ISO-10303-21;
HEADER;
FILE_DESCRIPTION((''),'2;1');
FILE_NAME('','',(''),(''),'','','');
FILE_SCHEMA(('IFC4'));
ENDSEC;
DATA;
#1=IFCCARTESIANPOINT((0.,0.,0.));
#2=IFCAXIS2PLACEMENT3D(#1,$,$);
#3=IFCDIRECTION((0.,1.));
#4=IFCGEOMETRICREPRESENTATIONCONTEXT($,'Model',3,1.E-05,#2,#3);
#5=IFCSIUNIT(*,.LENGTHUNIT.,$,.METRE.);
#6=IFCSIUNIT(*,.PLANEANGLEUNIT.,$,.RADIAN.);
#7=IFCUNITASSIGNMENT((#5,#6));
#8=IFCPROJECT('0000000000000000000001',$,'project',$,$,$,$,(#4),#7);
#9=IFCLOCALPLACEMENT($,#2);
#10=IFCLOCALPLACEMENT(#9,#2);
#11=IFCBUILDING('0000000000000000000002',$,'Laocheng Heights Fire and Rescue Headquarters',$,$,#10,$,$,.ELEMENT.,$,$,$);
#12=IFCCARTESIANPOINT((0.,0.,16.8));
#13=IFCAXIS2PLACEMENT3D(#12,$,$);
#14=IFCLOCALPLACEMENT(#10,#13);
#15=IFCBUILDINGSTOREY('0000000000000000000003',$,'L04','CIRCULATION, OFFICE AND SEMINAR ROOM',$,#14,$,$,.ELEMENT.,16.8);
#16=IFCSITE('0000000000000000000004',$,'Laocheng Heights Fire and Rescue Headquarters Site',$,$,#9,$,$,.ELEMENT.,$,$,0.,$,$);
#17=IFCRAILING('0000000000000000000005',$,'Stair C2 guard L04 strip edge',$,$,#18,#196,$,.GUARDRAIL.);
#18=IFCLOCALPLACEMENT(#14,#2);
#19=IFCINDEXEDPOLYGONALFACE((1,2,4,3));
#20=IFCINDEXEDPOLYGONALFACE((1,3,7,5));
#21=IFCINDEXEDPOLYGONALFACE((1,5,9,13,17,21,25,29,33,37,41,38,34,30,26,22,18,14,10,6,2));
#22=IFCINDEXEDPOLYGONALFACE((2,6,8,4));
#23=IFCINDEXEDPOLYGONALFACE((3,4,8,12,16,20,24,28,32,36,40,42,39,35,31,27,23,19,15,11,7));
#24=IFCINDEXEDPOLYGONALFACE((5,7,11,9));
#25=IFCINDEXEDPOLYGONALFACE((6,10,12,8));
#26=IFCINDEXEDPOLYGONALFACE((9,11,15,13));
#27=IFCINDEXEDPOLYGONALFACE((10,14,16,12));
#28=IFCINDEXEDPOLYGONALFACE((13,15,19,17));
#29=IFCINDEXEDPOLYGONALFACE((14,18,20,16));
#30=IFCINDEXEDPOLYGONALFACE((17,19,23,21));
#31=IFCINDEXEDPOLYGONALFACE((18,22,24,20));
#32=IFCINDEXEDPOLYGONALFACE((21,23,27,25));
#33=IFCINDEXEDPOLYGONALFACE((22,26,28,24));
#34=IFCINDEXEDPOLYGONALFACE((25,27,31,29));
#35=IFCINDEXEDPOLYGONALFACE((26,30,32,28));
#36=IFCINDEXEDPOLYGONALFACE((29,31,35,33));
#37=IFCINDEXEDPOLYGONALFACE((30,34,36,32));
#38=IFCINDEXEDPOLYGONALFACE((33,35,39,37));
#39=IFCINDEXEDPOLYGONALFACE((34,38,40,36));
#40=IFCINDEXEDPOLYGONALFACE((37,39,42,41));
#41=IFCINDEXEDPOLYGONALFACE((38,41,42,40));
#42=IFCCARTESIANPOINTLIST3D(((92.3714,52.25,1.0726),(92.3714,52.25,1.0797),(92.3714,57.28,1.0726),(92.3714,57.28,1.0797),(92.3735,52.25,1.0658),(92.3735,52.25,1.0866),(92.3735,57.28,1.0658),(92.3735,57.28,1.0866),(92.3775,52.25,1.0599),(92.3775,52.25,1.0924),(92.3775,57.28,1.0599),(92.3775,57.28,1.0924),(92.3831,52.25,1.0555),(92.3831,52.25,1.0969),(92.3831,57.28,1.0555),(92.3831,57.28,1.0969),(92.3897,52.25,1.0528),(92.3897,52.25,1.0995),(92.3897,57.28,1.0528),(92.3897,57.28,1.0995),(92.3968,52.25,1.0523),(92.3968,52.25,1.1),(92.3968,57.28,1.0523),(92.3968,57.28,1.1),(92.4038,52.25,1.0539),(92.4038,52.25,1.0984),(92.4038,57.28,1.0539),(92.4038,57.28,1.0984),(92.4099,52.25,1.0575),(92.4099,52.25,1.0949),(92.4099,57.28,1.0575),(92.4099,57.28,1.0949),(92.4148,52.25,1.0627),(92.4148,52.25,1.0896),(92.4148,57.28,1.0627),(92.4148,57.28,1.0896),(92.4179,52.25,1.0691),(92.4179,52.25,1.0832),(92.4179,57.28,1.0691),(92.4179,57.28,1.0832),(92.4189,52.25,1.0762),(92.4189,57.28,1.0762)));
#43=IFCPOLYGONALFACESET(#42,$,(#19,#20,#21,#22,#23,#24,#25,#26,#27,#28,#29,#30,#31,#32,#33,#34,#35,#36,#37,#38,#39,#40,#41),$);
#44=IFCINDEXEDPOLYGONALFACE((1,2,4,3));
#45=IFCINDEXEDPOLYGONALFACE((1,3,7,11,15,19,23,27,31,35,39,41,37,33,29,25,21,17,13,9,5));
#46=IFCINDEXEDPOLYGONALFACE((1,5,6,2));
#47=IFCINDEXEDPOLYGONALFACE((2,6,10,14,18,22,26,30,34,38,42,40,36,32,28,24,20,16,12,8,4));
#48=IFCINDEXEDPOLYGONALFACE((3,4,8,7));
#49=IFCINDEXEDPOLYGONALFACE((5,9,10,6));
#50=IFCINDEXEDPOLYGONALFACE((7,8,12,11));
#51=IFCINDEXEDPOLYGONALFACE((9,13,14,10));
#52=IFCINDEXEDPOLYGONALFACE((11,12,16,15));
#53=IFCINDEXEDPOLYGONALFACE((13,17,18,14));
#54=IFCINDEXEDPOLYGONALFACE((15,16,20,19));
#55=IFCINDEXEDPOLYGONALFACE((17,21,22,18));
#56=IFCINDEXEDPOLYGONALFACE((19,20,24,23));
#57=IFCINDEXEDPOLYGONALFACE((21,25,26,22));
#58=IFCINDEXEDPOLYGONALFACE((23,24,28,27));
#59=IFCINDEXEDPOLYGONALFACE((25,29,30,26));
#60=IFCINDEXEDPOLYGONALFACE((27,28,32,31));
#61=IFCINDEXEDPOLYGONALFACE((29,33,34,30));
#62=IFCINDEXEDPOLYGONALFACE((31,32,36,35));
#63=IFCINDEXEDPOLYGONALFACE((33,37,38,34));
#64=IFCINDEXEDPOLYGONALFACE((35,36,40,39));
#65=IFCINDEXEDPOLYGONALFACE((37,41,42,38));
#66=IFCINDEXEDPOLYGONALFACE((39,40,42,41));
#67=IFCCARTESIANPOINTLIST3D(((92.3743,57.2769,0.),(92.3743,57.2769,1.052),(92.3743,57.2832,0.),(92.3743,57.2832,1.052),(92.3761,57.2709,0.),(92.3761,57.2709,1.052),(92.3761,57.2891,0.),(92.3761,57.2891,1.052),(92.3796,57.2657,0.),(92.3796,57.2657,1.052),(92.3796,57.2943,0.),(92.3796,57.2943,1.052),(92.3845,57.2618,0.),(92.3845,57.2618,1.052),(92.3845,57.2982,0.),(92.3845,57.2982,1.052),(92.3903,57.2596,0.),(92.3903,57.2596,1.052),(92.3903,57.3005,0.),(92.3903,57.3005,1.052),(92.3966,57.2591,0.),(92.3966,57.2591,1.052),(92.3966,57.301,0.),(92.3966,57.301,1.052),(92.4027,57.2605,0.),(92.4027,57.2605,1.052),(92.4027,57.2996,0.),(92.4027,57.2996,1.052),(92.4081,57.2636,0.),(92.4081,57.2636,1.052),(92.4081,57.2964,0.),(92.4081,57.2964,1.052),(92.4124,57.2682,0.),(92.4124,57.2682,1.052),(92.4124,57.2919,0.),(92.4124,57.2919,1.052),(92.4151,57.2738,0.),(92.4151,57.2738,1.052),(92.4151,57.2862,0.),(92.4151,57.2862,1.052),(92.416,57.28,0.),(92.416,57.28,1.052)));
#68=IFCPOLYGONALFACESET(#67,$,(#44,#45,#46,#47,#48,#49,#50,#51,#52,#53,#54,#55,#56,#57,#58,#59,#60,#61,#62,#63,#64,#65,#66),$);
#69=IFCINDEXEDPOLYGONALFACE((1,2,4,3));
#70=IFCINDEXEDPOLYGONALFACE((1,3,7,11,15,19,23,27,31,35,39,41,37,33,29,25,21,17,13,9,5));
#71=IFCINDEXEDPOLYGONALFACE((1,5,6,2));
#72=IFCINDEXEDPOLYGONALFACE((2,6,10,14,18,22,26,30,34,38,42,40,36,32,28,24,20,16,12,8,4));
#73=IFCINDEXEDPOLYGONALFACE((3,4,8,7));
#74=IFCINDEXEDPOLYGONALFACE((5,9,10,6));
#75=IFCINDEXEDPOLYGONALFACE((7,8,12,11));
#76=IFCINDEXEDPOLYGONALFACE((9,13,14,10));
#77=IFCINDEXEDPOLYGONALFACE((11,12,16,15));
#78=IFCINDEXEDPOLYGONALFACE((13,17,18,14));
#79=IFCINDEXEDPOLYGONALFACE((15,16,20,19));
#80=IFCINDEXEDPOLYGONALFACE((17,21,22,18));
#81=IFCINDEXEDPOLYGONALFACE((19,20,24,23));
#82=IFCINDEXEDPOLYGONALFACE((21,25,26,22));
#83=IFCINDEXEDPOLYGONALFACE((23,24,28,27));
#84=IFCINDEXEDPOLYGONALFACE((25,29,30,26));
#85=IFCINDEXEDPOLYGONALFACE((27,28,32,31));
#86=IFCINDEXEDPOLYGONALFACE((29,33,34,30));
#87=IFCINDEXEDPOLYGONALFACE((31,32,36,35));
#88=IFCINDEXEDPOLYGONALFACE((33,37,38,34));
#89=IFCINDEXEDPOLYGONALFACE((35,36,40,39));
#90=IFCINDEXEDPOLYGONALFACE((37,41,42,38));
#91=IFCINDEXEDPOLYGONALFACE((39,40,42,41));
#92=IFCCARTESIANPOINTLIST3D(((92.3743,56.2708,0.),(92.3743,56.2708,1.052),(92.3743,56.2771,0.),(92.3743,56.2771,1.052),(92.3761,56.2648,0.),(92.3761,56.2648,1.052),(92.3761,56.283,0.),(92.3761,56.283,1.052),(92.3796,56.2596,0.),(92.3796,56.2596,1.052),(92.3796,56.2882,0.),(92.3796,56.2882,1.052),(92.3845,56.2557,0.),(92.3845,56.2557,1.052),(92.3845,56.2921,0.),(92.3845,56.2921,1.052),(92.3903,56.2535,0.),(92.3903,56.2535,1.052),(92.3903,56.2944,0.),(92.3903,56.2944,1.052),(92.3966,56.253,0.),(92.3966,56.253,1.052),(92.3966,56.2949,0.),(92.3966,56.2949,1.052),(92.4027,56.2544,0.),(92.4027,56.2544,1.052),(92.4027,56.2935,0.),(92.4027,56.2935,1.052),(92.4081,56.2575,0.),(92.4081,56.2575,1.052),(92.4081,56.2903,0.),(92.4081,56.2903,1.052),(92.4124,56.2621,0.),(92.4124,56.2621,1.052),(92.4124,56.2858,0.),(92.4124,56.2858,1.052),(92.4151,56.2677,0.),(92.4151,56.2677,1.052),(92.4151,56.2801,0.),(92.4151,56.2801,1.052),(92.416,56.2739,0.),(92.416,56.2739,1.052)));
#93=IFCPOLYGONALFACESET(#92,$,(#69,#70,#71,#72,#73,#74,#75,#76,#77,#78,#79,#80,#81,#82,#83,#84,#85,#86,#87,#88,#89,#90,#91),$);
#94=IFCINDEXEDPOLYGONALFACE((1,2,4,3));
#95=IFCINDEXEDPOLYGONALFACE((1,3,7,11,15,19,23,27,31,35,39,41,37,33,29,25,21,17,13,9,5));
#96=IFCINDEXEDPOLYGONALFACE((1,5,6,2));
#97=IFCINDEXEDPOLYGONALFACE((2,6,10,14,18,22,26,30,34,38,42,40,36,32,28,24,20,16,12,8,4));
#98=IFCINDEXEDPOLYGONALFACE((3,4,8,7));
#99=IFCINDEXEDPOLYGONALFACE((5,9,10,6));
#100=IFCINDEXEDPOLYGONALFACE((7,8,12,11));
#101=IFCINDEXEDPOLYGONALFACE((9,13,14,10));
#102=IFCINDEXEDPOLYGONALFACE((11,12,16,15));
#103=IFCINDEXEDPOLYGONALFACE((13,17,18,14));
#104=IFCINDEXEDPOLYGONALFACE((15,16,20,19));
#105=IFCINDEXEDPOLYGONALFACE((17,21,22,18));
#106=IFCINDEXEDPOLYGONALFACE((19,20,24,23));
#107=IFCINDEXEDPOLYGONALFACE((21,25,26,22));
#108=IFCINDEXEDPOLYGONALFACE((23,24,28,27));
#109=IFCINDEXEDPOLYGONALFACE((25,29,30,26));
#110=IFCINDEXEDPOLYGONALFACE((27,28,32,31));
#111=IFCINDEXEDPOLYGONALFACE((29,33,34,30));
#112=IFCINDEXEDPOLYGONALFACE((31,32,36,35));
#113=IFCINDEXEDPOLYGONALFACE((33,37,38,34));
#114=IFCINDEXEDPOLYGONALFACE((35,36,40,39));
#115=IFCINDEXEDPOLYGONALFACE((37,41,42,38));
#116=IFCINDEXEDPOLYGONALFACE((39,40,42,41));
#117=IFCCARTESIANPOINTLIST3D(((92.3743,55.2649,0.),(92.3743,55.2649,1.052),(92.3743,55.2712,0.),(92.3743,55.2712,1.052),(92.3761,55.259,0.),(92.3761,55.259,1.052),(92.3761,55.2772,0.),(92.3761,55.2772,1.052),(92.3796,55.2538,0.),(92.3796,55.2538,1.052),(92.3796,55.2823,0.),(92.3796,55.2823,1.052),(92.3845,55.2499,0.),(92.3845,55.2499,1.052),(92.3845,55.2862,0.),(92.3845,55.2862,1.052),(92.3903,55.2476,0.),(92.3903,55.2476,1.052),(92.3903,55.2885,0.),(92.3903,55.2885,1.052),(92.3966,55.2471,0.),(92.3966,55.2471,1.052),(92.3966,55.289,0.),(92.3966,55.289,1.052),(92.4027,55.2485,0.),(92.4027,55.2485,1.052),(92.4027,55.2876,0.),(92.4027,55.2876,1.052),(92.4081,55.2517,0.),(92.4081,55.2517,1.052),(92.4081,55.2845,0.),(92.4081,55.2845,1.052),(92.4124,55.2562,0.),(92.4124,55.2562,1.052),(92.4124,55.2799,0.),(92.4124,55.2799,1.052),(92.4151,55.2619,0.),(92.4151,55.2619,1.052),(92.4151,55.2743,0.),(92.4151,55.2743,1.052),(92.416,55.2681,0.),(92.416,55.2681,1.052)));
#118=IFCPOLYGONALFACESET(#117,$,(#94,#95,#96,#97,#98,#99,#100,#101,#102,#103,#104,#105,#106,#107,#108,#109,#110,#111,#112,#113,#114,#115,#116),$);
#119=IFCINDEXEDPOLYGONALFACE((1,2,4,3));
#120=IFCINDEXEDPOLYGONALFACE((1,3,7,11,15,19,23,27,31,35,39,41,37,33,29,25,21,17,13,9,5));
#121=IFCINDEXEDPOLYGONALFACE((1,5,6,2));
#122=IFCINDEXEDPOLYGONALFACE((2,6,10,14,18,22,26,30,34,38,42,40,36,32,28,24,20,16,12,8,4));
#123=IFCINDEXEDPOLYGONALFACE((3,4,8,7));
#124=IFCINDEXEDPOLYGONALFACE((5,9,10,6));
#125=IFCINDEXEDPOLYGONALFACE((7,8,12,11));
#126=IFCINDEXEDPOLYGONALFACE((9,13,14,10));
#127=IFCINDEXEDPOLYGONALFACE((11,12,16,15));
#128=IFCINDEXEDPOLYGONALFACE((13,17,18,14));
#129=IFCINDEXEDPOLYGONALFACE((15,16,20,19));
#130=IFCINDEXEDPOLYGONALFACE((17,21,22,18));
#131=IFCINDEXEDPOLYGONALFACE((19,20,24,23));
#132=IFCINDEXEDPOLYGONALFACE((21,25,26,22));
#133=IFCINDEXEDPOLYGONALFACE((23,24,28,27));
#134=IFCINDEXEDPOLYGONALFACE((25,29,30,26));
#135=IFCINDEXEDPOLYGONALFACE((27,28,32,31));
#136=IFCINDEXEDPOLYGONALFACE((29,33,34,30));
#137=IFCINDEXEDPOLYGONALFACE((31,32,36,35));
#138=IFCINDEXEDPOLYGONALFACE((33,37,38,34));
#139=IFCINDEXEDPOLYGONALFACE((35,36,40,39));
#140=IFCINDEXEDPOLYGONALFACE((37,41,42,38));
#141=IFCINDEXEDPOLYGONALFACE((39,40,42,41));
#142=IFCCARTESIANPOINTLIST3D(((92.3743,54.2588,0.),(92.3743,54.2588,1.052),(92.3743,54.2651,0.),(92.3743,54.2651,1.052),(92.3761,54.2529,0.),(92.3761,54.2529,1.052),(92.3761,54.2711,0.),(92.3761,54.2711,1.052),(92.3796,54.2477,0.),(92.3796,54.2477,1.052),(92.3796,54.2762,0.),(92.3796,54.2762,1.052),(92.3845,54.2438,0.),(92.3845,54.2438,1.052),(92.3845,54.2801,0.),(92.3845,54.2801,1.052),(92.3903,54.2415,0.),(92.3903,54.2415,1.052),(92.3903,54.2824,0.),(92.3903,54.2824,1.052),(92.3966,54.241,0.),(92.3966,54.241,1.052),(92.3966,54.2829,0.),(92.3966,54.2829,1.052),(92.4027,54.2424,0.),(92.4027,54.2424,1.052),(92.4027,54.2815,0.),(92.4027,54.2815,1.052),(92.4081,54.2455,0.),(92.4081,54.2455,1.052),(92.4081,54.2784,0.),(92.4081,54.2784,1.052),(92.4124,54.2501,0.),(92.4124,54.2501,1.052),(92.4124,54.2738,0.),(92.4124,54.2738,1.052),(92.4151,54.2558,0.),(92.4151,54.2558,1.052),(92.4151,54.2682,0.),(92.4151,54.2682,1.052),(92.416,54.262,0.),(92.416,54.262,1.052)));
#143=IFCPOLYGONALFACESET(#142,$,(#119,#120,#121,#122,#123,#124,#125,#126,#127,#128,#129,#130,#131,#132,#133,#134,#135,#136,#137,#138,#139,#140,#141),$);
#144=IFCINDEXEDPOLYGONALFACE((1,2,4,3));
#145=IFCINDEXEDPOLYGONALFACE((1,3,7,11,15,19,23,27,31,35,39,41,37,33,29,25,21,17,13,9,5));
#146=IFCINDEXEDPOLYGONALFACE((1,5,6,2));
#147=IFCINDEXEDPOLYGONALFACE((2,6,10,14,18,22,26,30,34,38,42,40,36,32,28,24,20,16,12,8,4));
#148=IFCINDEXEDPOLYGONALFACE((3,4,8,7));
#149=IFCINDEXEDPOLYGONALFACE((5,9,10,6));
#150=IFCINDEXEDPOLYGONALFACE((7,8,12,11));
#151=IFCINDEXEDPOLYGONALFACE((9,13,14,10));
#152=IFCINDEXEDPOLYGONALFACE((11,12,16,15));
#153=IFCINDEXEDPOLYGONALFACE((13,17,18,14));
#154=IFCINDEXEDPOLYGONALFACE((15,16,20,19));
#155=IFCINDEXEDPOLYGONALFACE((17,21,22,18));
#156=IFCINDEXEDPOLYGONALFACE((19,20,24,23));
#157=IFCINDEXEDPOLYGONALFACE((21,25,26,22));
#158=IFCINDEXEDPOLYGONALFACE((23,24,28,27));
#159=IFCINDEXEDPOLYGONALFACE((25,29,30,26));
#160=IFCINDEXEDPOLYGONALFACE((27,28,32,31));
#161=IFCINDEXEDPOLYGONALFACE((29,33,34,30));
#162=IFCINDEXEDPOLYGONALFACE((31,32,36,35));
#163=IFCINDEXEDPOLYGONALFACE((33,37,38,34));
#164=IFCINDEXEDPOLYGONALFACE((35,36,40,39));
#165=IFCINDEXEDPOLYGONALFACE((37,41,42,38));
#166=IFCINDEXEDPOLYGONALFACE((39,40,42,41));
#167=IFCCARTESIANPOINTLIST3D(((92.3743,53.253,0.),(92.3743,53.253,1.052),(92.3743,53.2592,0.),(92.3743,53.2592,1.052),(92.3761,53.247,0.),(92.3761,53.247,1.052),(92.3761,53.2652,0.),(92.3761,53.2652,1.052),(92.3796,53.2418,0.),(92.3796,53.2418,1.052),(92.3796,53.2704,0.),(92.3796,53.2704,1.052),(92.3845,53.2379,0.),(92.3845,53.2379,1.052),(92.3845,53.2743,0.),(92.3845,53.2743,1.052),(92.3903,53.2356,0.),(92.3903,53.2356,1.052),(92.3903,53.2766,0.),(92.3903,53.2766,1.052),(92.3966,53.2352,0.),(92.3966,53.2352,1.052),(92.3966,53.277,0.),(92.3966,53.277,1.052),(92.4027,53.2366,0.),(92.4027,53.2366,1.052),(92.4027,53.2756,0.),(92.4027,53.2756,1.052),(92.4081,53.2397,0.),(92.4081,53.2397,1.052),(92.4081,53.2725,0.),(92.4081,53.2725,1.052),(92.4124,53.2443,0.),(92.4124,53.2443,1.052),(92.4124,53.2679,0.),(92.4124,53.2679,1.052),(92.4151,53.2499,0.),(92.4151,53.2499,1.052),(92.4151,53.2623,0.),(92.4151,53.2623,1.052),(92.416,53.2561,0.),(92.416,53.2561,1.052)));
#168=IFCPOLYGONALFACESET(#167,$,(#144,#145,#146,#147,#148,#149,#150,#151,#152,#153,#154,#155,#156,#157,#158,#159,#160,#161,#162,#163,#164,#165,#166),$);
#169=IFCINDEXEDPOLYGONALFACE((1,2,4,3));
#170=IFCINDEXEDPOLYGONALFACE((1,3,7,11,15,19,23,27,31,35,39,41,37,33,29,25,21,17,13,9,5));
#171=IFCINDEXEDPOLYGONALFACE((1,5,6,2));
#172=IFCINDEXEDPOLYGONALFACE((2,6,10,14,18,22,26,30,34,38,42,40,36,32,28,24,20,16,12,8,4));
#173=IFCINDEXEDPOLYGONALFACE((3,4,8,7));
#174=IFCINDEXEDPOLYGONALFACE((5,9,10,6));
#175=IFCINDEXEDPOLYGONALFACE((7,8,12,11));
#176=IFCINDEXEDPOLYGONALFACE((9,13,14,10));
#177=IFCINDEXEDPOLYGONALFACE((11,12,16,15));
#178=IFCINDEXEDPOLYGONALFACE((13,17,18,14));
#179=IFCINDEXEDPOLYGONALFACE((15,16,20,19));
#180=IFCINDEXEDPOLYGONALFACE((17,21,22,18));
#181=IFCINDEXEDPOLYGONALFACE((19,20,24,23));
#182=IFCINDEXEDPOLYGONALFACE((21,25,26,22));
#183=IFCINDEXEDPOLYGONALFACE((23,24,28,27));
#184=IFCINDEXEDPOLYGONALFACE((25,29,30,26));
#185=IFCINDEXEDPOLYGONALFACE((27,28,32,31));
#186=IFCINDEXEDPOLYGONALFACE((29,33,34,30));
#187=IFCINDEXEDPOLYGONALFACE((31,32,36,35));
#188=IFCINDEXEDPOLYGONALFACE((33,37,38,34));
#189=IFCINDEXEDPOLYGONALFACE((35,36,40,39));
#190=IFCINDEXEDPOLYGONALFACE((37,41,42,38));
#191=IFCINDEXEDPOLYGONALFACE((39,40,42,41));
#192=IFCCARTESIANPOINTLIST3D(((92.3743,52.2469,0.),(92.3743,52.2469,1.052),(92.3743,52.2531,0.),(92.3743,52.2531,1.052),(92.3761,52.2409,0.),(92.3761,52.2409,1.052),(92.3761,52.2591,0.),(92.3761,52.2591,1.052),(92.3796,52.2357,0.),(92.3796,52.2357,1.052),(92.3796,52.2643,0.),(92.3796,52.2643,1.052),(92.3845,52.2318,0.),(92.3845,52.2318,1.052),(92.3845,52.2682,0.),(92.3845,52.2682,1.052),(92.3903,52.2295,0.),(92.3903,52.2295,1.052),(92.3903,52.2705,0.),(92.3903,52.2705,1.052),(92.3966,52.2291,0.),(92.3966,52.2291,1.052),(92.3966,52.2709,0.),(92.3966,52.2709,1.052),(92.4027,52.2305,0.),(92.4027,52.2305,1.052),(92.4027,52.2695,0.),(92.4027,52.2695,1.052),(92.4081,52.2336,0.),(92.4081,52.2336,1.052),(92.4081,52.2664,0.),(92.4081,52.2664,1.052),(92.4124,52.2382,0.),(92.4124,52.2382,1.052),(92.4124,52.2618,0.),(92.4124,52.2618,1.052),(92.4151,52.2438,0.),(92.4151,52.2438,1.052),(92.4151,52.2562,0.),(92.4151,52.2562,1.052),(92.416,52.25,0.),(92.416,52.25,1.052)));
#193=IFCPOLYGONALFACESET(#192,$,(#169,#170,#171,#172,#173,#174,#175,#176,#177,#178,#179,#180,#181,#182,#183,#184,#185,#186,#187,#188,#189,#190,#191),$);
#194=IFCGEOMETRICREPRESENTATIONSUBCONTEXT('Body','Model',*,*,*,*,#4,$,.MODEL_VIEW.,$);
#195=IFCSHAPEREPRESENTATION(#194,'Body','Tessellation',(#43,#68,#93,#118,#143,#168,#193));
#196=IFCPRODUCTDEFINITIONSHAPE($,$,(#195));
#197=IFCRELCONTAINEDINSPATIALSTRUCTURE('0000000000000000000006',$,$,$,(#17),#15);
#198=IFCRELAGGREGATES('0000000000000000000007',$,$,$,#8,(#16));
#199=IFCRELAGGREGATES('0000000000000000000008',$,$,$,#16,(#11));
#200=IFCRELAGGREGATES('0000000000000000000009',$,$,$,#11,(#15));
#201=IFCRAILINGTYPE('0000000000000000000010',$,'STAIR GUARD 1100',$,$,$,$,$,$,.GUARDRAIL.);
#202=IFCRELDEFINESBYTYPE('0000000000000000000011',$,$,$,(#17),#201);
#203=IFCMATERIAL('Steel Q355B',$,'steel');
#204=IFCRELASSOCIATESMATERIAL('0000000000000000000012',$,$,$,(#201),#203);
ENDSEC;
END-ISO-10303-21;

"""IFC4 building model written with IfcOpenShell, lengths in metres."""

from ifc_helpers import new_model, si_unit, direction, frame, origin, origin_2d, place, context, subcontext, project, spatial, circle, extrude, material, type_object, element, save


model = new_model("IFC4")

# Units and contexts
model_context = context("Model", 3, precision=1e-05, world=origin(), true_north=direction((0.0, 1.0)))
body_context = subcontext(model_context, "Body", "Model", "MODEL_VIEW")
ifc_project = project(units=[si_unit("LENGTHUNIT", "METRE"), si_unit("PLANEANGLEUNIT", "RADIAN")], contexts=[model_context])

# Site, building, storey
site_placement = place(None, origin())
site = spatial("IfcSite", under=ifc_project, at=site_placement, Name="Laocheng Heights Fire and Rescue Headquarters Site", CompositionType="ELEMENT", RefElevation=0.0)
building_placement = place(site_placement, origin())
building = spatial("IfcBuilding", under=site, at=building_placement, Name="Laocheng Heights Fire and Rescue Headquarters", CompositionType="ELEMENT")
storey_placement = place(building_placement, frame((0.0, 0.0, 16.8)))
storey = spatial("IfcBuildingStorey", under=building, at=storey_placement, Name="L04", Description="CIRCULATION, OFFICE AND SEMINAR ROOM", CompositionType="ELEMENT", Elevation=16.8)

# Railing
ifc_material_1 = material(Name="Steel Q355B", Category="steel")
railing_type_1 = type_object("IfcRailingType", Name="STAIR GUARD 1100", PredefinedType="GUARDRAIL", material=ifc_material_1)
railing_1_placement = place(storey_placement, frame((92.395, 57.28, 0.0)))
element("IfcRailing", 1, at=railing_1_placement, inside=storey, type_object=railing_type_1, Name="Stair C2 guard L04 strip edge", PredefinedType="GUARDRAIL", context=body_context, shape_type="SweptSolid", body=[
    extrude(circle(Radius=0.0239, at=origin_2d()), frame((0.0, 0.0, 1.0762), z_axis=(0.0, -1.0, 0.0), x_axis=(1.0, 0.0, 0.0)), (0.0, 0.0, 1.0), 5.03),
    extrude(circle(Radius=0.021, at=origin_2d()), origin(), (0.0, 0.0, 1.0), 1.052),
    extrude(circle(Radius=0.021, at=origin_2d()), frame((0.0, -1.0061, 0.0)), (0.0, 0.0, 1.0), 1.052),
    extrude(circle(Radius=0.021, at=origin_2d()), frame((0.0, -2.012, 0.0)), (0.0, 0.0, 1.0), 1.052),
    extrude(circle(Radius=0.021, at=origin_2d()), frame((0.0, -3.0181, 0.0)), (0.0, 0.0, 1.0), 1.052),
    extrude(circle(Radius=0.021, at=origin_2d()), frame((0.0, -4.0239, 0.0)), (0.0, 0.0, 1.0), 1.052),
    extrude(circle(Radius=0.021, at=origin_2d()), frame((0.0, -5.03, 0.0)), (0.0, 0.0, 1.0), 1.052),
])

save(model, "model.ifc")
